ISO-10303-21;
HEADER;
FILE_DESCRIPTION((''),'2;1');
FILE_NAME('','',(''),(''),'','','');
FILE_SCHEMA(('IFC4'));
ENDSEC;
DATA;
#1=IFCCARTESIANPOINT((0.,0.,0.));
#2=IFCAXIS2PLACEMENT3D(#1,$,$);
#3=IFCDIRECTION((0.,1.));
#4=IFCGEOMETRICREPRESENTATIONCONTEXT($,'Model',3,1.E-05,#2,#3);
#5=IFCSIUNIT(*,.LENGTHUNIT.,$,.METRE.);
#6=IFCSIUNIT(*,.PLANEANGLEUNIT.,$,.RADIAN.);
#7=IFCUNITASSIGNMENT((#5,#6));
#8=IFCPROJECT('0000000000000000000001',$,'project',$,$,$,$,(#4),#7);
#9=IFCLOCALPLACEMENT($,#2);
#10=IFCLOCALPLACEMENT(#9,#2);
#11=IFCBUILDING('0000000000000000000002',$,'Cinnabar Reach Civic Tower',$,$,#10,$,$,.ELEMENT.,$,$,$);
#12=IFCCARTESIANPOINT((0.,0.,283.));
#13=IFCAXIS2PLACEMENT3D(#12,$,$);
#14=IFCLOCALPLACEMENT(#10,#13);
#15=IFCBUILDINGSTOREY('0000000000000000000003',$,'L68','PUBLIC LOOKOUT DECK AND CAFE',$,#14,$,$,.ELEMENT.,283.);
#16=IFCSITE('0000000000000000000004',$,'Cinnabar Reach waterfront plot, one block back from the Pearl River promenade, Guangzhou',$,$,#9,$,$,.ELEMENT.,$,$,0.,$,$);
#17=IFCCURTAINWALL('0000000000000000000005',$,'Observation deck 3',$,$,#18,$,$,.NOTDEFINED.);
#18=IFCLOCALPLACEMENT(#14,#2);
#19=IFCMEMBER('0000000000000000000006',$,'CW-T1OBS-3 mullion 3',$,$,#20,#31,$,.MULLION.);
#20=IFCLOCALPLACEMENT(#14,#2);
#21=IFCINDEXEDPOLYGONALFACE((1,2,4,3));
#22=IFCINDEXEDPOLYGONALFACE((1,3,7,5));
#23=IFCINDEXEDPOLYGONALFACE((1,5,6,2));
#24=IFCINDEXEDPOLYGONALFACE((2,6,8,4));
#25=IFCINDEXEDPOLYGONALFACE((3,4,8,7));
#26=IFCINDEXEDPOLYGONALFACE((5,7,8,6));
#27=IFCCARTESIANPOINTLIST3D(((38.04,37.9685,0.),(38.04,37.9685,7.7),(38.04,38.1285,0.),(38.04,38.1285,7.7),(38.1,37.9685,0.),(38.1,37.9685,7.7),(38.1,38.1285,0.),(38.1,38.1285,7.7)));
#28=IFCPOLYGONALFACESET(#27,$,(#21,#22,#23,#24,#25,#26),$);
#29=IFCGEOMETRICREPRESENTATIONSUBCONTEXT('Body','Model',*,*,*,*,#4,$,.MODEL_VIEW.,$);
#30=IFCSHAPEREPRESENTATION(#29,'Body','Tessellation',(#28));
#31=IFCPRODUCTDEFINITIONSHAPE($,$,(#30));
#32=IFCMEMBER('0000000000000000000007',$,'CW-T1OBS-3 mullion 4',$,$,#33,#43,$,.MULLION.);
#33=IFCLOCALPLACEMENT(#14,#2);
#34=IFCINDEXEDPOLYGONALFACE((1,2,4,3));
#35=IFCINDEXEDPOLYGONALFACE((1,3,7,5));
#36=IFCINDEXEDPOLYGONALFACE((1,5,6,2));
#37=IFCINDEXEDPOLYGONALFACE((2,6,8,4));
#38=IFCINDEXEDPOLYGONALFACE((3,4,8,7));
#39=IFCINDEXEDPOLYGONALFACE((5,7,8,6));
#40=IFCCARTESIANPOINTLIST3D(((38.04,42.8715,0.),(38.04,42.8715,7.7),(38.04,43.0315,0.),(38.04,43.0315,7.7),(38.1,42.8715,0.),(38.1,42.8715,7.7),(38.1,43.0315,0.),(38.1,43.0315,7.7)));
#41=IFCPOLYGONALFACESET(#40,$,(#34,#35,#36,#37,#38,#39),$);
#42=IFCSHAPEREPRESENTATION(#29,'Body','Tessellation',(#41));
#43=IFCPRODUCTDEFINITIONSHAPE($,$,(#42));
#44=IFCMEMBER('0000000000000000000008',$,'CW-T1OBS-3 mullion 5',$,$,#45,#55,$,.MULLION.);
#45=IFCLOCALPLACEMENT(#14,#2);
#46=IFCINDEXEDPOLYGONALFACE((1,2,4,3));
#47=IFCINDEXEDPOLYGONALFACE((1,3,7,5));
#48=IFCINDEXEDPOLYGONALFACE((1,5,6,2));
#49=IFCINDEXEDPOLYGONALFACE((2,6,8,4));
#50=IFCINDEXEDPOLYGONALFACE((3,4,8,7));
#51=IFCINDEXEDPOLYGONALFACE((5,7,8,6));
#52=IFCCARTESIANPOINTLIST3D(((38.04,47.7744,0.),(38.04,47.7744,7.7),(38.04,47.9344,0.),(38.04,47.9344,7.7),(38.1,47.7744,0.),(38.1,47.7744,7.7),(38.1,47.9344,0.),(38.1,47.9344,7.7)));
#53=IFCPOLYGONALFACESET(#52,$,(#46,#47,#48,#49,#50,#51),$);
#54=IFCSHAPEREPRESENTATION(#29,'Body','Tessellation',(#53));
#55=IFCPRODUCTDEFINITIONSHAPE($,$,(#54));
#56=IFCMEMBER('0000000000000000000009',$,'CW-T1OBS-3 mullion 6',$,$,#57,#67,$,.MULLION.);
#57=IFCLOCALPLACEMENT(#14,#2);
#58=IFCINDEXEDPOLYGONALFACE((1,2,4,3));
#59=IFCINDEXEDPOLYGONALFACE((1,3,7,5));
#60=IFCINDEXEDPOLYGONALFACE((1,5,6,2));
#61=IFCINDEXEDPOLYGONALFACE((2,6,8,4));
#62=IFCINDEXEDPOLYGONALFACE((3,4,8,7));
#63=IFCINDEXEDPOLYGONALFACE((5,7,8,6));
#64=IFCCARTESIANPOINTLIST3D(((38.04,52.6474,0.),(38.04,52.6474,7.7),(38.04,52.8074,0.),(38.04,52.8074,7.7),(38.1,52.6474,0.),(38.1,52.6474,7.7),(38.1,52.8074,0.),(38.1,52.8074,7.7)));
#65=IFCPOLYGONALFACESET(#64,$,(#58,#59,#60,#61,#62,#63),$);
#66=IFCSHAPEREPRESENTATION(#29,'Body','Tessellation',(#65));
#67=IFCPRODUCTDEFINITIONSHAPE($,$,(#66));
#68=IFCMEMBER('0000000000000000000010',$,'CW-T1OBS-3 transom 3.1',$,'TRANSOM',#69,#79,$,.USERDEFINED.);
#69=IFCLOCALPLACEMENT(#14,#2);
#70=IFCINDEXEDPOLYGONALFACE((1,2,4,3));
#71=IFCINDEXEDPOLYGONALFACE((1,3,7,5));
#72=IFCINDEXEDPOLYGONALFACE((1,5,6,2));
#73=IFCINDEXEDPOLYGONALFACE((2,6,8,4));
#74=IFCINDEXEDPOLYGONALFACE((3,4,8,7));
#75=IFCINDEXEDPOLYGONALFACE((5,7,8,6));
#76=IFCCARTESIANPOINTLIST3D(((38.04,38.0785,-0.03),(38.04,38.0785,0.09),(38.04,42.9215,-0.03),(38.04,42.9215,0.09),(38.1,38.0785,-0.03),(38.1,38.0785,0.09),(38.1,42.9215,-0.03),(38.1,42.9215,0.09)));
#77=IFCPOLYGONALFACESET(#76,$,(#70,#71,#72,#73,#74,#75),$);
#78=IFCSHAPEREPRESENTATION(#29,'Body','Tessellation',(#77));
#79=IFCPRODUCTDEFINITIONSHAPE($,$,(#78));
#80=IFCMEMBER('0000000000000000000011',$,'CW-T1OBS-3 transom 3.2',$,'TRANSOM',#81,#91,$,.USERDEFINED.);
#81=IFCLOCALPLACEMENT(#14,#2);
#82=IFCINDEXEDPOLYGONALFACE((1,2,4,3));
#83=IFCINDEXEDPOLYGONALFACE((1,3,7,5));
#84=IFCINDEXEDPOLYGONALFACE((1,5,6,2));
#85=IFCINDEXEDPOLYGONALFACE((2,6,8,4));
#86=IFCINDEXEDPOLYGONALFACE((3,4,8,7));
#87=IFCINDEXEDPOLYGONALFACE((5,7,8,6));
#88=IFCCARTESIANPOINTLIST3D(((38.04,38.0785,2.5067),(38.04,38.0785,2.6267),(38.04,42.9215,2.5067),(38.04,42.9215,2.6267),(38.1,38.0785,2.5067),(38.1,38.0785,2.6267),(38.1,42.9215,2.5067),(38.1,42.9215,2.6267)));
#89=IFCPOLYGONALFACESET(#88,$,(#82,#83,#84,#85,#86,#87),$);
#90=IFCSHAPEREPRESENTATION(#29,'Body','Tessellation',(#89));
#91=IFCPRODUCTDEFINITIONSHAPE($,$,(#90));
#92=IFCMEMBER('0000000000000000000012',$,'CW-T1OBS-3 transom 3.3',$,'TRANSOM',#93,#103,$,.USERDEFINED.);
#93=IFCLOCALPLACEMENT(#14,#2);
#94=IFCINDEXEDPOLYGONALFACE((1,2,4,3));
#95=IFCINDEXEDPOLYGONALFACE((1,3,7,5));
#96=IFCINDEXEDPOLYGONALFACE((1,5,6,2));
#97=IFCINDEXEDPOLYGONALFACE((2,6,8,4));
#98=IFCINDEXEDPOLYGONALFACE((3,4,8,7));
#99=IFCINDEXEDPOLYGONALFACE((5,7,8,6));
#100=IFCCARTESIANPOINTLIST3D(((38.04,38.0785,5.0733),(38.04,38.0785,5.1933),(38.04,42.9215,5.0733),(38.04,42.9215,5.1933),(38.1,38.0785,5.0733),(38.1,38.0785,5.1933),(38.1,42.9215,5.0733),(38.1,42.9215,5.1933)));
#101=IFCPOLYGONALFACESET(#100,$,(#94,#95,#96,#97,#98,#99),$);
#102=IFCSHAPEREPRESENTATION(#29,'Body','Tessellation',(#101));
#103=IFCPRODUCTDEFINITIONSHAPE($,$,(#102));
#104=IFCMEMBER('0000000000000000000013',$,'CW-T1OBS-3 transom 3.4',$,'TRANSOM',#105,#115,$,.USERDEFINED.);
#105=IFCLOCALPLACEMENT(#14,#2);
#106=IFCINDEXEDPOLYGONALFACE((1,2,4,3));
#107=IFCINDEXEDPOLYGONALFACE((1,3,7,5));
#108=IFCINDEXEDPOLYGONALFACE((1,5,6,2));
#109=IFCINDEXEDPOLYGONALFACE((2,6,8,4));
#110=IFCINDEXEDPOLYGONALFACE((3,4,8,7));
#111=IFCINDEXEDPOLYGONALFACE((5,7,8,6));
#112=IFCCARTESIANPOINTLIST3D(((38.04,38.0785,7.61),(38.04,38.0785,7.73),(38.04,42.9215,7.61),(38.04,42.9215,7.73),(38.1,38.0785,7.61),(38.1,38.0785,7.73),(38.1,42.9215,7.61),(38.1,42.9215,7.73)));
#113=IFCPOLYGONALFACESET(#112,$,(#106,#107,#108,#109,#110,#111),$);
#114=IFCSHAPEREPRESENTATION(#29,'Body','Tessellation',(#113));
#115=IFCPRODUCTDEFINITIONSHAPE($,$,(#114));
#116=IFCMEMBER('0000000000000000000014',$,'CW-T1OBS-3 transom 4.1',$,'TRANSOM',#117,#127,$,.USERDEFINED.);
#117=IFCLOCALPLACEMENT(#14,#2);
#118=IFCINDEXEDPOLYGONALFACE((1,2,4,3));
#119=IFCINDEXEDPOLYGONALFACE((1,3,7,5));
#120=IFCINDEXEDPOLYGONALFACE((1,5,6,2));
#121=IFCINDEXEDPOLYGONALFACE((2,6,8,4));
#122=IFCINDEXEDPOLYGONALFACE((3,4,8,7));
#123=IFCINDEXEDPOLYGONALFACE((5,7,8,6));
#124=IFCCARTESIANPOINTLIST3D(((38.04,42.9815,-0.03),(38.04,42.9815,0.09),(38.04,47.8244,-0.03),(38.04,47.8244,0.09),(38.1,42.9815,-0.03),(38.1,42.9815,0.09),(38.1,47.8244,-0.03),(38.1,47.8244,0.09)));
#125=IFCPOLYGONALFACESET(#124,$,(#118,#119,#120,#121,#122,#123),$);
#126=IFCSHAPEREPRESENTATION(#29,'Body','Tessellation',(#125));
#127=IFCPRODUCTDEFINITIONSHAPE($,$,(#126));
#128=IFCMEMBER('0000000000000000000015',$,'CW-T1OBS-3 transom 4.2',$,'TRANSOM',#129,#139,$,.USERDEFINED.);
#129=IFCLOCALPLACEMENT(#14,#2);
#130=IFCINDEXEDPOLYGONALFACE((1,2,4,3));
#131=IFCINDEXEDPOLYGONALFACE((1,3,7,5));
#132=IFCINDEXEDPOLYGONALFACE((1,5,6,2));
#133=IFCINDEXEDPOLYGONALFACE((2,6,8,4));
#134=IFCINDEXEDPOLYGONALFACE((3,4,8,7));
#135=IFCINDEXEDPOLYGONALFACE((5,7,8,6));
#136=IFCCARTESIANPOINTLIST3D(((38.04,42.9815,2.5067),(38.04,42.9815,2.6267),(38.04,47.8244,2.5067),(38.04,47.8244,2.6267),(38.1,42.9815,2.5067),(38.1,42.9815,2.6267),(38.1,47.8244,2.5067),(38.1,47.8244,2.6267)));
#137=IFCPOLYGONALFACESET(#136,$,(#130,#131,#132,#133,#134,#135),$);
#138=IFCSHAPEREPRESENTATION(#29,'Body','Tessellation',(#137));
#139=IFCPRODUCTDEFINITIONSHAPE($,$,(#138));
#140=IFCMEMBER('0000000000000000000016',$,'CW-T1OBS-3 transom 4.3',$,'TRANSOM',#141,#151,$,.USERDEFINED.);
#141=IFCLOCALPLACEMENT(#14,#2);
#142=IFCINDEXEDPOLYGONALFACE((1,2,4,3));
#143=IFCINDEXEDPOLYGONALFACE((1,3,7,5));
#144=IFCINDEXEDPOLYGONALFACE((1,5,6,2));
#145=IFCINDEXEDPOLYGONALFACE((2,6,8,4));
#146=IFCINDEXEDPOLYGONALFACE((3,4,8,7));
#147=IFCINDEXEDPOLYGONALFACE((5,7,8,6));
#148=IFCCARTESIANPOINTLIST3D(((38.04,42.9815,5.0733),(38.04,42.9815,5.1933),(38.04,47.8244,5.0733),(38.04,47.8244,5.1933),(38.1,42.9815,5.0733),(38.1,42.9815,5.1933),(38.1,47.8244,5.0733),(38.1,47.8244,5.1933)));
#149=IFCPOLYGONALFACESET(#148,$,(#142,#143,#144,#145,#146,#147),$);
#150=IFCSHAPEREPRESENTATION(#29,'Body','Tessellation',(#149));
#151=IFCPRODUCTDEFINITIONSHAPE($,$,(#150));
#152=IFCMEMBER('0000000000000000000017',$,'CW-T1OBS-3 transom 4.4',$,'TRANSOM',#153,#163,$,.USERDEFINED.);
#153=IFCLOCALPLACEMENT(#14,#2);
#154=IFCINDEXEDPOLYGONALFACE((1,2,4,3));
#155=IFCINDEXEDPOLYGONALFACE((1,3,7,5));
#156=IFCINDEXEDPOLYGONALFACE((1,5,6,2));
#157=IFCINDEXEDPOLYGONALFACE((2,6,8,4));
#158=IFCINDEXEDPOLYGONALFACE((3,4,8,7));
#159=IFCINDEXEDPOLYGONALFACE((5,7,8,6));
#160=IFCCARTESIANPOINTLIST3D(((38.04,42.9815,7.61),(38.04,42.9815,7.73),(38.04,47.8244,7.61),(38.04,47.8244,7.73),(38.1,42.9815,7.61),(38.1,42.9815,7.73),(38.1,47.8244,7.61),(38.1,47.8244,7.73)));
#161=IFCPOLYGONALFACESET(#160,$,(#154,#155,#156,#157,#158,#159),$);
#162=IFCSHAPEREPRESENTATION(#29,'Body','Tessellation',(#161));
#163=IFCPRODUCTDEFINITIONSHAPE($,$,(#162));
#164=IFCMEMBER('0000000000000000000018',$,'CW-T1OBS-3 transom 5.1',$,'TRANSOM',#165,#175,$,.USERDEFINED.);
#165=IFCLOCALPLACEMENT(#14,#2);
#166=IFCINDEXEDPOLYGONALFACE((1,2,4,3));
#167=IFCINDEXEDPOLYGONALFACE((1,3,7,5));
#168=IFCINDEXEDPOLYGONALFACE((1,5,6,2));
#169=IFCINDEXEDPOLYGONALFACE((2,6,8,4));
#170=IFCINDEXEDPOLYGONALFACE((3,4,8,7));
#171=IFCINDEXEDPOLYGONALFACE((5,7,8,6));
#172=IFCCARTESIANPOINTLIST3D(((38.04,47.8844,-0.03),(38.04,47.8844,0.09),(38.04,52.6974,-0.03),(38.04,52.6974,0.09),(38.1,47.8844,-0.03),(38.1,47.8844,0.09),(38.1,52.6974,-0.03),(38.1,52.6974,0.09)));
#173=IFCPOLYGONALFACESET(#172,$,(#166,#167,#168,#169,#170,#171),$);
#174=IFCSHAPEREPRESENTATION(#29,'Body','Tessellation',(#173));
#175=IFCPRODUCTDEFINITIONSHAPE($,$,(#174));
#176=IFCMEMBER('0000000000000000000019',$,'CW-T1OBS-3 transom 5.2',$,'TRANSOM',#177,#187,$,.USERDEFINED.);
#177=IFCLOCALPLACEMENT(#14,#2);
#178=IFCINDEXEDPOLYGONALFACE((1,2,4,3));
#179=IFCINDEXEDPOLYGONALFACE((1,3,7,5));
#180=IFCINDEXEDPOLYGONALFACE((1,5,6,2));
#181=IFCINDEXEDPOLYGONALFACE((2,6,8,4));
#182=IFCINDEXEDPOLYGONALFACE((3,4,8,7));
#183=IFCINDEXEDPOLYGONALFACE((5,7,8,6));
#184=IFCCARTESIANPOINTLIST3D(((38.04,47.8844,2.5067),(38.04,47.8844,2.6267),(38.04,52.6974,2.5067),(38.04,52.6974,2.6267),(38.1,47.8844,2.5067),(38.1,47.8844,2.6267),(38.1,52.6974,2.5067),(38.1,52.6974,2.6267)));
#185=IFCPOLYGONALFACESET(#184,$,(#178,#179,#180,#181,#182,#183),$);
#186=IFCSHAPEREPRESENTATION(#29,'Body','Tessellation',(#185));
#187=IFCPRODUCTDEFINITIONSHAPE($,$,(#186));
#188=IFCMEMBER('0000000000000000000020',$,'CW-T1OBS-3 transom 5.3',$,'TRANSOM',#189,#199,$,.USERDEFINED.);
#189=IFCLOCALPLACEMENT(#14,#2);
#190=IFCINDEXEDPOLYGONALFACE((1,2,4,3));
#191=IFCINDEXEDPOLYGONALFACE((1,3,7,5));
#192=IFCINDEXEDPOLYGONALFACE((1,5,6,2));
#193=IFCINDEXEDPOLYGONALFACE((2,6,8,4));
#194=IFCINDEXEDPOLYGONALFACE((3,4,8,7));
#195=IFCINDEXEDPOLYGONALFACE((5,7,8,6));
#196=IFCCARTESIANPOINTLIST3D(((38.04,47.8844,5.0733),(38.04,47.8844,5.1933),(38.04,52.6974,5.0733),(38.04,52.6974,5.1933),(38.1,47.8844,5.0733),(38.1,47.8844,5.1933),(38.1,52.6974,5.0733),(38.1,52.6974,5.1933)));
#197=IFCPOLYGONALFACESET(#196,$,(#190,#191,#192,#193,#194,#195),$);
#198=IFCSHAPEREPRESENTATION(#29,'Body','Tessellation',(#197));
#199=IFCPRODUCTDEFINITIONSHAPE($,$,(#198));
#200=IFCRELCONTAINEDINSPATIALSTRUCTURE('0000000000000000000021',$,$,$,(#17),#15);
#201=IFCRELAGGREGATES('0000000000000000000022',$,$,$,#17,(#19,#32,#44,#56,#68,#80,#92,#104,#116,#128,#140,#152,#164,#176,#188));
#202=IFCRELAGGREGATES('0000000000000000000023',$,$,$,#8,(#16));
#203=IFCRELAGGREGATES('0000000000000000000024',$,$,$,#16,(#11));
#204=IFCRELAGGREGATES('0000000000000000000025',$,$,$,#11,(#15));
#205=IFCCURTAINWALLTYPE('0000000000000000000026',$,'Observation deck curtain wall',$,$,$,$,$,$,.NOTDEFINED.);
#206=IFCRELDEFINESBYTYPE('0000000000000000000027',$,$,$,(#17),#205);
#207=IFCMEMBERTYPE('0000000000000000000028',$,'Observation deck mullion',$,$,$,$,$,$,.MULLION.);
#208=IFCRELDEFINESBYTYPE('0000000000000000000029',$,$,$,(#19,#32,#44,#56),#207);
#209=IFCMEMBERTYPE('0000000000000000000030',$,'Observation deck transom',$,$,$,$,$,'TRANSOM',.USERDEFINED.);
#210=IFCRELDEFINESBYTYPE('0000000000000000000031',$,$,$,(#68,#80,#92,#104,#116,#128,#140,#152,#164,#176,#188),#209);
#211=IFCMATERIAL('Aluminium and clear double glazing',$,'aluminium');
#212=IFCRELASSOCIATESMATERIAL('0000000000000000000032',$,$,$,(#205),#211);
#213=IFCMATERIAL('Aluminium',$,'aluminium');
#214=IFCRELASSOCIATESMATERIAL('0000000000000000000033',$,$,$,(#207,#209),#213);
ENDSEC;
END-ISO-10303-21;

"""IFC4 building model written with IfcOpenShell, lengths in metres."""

from ifc_helpers import new_model, si_unit, direction, frame, origin, origin_2d, place, context, subcontext, project, spatial, rectangle, extrude, material, material_profile, profile_set, type_object, element, aggregate, save


model = new_model("IFC4")

# Units and contexts
model_context = context("Model", 3, precision=1e-05, world=origin(), true_north=direction((0.0, 1.0)))
body_context = subcontext(model_context, "Body", "Model", "MODEL_VIEW")
ifc_project = project(units=[si_unit("LENGTHUNIT", "METRE"), si_unit("PLANEANGLEUNIT", "RADIAN")], contexts=[model_context])

# Site, building, storey
site_placement = place(None, origin())
site = spatial("IfcSite", under=ifc_project, at=site_placement, Name="Cinnabar Reach waterfront plot, one block back from the Pearl River promenade, Guangzhou", CompositionType="ELEMENT", RefElevation=0.0)
building_placement = place(site_placement, origin())
building = spatial("IfcBuilding", under=site, at=building_placement, Name="Cinnabar Reach Civic Tower", CompositionType="ELEMENT")
storey_placement = place(building_placement, frame((0.0, 0.0, 283.0)))
storey = spatial("IfcBuildingStorey", under=building, at=storey_placement, Name="L68", Description="PUBLIC LOOKOUT DECK AND CAFE", CompositionType="ELEMENT", Elevation=283.0)

# Curtain wall, members
ifc_material_1 = material(Name="Aluminium and clear double glazing", Category="aluminium")
curtain_wall_type = type_object("IfcCurtainWallType", Name="Observation deck curtain wall", PredefinedType="NOTDEFINED", material=ifc_material_1)
curtain_wall_placement = place(storey_placement, origin())
curtain_wall = element("IfcCurtainWall", 1, at=curtain_wall_placement, inside=storey, type_object=curtain_wall_type, Name="Observation deck 3", PredefinedType="NOTDEFINED")
ifc_material_2 = material(Name="Aluminium", Category="aluminium")
ifc_material_profile_1 = material_profile(ifc_material_2, rectangle(XDim=0.06, YDim=0.16, at=origin_2d()), Name="Observation deck mullion")
ifc_profile_set_1 = profile_set([ifc_material_profile_1], Name="Aluminium")
member_type_1 = type_object("IfcMemberType", Name="Observation deck mullion", PredefinedType="MULLION", material=ifc_profile_set_1)
member_1_placement = place(storey_placement, frame((38.07, 38.0485, 0.0), z_axis=(0.0, 0.0, 1.0), x_axis=(-1.0, 0.0, 0.0)))
member_1 = element("IfcMember", 2, at=member_1_placement, type_object=member_type_1, Name="CW-T1OBS-3 mullion 3", PredefinedType="MULLION", context=body_context, shape_type="SweptSolid", body=[
    extrude(rectangle(XDim=0.06, YDim=0.16, at=origin_2d()), origin(), (0.0, 0.0, 1.0), 7.7),
])
member_2_placement = place(storey_placement, frame((38.07, 42.9515, 0.0), z_axis=(0.0, 0.0, 1.0), x_axis=(-1.0, 0.0, 0.0)))
member_2 = element("IfcMember", 3, at=member_2_placement, type_object=member_type_1, Name="CW-T1OBS-3 mullion 4", PredefinedType="MULLION", context=body_context, shape_type="SweptSolid", body=[
    extrude(rectangle(XDim=0.06, YDim=0.16, at=origin_2d()), origin(), (0.0, 0.0, 1.0), 7.7),
])
member_3_placement = place(storey_placement, frame((38.07, 47.8544, 0.0), z_axis=(0.0, 0.0, 1.0), x_axis=(-1.0, 0.0, 0.0)))
member_3 = element("IfcMember", 4, at=member_3_placement, type_object=member_type_1, Name="CW-T1OBS-3 mullion 5", PredefinedType="MULLION", context=body_context, shape_type="SweptSolid", body=[
    extrude(rectangle(XDim=0.06, YDim=0.16, at=origin_2d()), origin(), (0.0, 0.0, 1.0), 7.7),
])
member_4_placement = place(storey_placement, frame((38.07, 52.7274, 0.0), z_axis=(0.0, 0.0, 1.0), x_axis=(-1.0, 0.0, 0.0)))
member_4 = element("IfcMember", 5, at=member_4_placement, type_object=member_type_1, Name="CW-T1OBS-3 mullion 6", PredefinedType="MULLION", context=body_context, shape_type="SweptSolid", body=[
    extrude(rectangle(XDim=0.06, YDim=0.16, at=origin_2d()), origin(), (0.0, 0.0, 1.0), 7.7),
])
ifc_material_profile_2 = material_profile(ifc_material_2, rectangle(XDim=0.06, YDim=0.12, at=origin_2d()), Name="Observation deck transom")
ifc_profile_set_2 = profile_set([ifc_material_profile_2], Name="Aluminium")
member_type_2 = type_object("IfcMemberType", Name="Observation deck transom", ElementType="TRANSOM", PredefinedType="USERDEFINED", material=ifc_profile_set_2)
member_5_placement = place(storey_placement, frame((38.07, 38.0785, 0.03), z_axis=(0.0, 1.0, 0.0), x_axis=(-1.0, 0.0, 0.0)))
member_5 = element("IfcMember", 6, at=member_5_placement, type_object=member_type_2, Name="CW-T1OBS-3 transom 3.1", ObjectType="TRANSOM", PredefinedType="USERDEFINED", context=body_context, shape_type="SweptSolid", body=[
    extrude(rectangle(XDim=0.06, YDim=0.12, at=origin_2d()), origin(), (0.0, 0.0, 1.0), 4.843),
])
member_6_placement = place(storey_placement, frame((38.07, 38.0785, 2.5667), z_axis=(0.0, 1.0, 0.0), x_axis=(-1.0, 0.0, 0.0)))
member_6 = element("IfcMember", 7, at=member_6_placement, type_object=member_type_2, Name="CW-T1OBS-3 transom 3.2", ObjectType="TRANSOM", PredefinedType="USERDEFINED", context=body_context, shape_type="SweptSolid", body=[
    extrude(rectangle(XDim=0.06, YDim=0.12, at=origin_2d()), origin(), (0.0, 0.0, 1.0), 4.843),
])
member_7_placement = place(storey_placement, frame((38.07, 38.0785, 5.1333), z_axis=(0.0, 1.0, 0.0), x_axis=(-1.0, 0.0, 0.0)))
member_7 = element("IfcMember", 8, at=member_7_placement, type_object=member_type_2, Name="CW-T1OBS-3 transom 3.3", ObjectType="TRANSOM", PredefinedType="USERDEFINED", context=body_context, shape_type="SweptSolid", body=[
    extrude(rectangle(XDim=0.06, YDim=0.12, at=origin_2d()), origin(), (0.0, 0.0, 1.0), 4.843),
])
member_8_placement = place(storey_placement, frame((38.07, 38.0785, 7.67), z_axis=(0.0, 1.0, 0.0), x_axis=(-1.0, 0.0, 0.0)))
member_8 = element("IfcMember", 9, at=member_8_placement, type_object=member_type_2, Name="CW-T1OBS-3 transom 3.4", ObjectType="TRANSOM", PredefinedType="USERDEFINED", context=body_context, shape_type="SweptSolid", body=[
    extrude(rectangle(XDim=0.06, YDim=0.12, at=origin_2d()), origin(), (0.0, 0.0, 1.0), 4.843),
])
member_9_placement = place(storey_placement, frame((38.07, 42.9815, 0.03), z_axis=(0.0, 1.0, 0.0), x_axis=(-1.0, 0.0, 0.0)))
member_9 = element("IfcMember", 10, at=member_9_placement, type_object=member_type_2, Name="CW-T1OBS-3 transom 4.1", ObjectType="TRANSOM", PredefinedType="USERDEFINED", context=body_context, shape_type="SweptSolid", body=[
    extrude(rectangle(XDim=0.06, YDim=0.12, at=origin_2d()), origin(), (0.0, 0.0, 1.0), 4.8429),
])
member_10_placement = place(storey_placement, frame((38.07, 42.9815, 2.5667), z_axis=(0.0, 1.0, 0.0), x_axis=(-1.0, 0.0, 0.0)))
member_10 = element("IfcMember", 11, at=member_10_placement, type_object=member_type_2, Name="CW-T1OBS-3 transom 4.2", ObjectType="TRANSOM", PredefinedType="USERDEFINED", context=body_context, shape_type="SweptSolid", body=[
    extrude(rectangle(XDim=0.06, YDim=0.12, at=origin_2d()), origin(), (0.0, 0.0, 1.0), 4.8429),
])
member_11_placement = place(storey_placement, frame((38.07, 42.9815, 5.1333), z_axis=(0.0, 1.0, 0.0), x_axis=(-1.0, 0.0, 0.0)))
member_11 = element("IfcMember", 12, at=member_11_placement, type_object=member_type_2, Name="CW-T1OBS-3 transom 4.3", ObjectType="TRANSOM", PredefinedType="USERDEFINED", context=body_context, shape_type="SweptSolid", body=[
    extrude(rectangle(XDim=0.06, YDim=0.12, at=origin_2d()), origin(), (0.0, 0.0, 1.0), 4.8429),
])
member_12_placement = place(storey_placement, frame((38.07, 42.9815, 7.67), z_axis=(0.0, 1.0, 0.0), x_axis=(-1.0, 0.0, 0.0)))
member_12 = element("IfcMember", 13, at=member_12_placement, type_object=member_type_2, Name="CW-T1OBS-3 transom 4.4", ObjectType="TRANSOM", PredefinedType="USERDEFINED", context=body_context, shape_type="SweptSolid", body=[
    extrude(rectangle(XDim=0.06, YDim=0.12, at=origin_2d()), origin(), (0.0, 0.0, 1.0), 4.8429),
])
member_13_placement = place(storey_placement, frame((38.07, 47.8844, 0.03), z_axis=(0.0, 1.0, 0.0), x_axis=(-1.0, 0.0, 0.0)))
member_13 = element("IfcMember", 14, at=member_13_placement, type_object=member_type_2, Name="CW-T1OBS-3 transom 5.1", ObjectType="TRANSOM", PredefinedType="USERDEFINED", context=body_context, shape_type="SweptSolid", body=[
    extrude(rectangle(XDim=0.06, YDim=0.12, at=origin_2d()), origin(), (0.0, 0.0, 1.0), 4.813),
])
member_14_placement = place(storey_placement, frame((38.07, 47.8844, 2.5667), z_axis=(0.0, 1.0, 0.0), x_axis=(-1.0, 0.0, 0.0)))
member_14 = element("IfcMember", 15, at=member_14_placement, type_object=member_type_2, Name="CW-T1OBS-3 transom 5.2", ObjectType="TRANSOM", PredefinedType="USERDEFINED", context=body_context, shape_type="SweptSolid", body=[
    extrude(rectangle(XDim=0.06, YDim=0.12, at=origin_2d()), origin(), (0.0, 0.0, 1.0), 4.813),
])
member_15_placement = place(storey_placement, frame((38.07, 47.8844, 5.1333), z_axis=(0.0, 1.0, 0.0), x_axis=(-1.0, 0.0, 0.0)))
member_15 = element("IfcMember", 16, at=member_15_placement, type_object=member_type_2, Name="CW-T1OBS-3 transom 5.3", ObjectType="TRANSOM", PredefinedType="USERDEFINED", context=body_context, shape_type="SweptSolid", body=[
    extrude(rectangle(XDim=0.06, YDim=0.12, at=origin_2d()), origin(), (0.0, 0.0, 1.0), 4.813),
])
aggregate(curtain_wall, [member_1, member_2, member_3, member_4, member_5, member_6, member_7, member_8, member_9, member_10, member_11, member_12, member_13, member_14, member_15])

save(model, "model.ifc")
